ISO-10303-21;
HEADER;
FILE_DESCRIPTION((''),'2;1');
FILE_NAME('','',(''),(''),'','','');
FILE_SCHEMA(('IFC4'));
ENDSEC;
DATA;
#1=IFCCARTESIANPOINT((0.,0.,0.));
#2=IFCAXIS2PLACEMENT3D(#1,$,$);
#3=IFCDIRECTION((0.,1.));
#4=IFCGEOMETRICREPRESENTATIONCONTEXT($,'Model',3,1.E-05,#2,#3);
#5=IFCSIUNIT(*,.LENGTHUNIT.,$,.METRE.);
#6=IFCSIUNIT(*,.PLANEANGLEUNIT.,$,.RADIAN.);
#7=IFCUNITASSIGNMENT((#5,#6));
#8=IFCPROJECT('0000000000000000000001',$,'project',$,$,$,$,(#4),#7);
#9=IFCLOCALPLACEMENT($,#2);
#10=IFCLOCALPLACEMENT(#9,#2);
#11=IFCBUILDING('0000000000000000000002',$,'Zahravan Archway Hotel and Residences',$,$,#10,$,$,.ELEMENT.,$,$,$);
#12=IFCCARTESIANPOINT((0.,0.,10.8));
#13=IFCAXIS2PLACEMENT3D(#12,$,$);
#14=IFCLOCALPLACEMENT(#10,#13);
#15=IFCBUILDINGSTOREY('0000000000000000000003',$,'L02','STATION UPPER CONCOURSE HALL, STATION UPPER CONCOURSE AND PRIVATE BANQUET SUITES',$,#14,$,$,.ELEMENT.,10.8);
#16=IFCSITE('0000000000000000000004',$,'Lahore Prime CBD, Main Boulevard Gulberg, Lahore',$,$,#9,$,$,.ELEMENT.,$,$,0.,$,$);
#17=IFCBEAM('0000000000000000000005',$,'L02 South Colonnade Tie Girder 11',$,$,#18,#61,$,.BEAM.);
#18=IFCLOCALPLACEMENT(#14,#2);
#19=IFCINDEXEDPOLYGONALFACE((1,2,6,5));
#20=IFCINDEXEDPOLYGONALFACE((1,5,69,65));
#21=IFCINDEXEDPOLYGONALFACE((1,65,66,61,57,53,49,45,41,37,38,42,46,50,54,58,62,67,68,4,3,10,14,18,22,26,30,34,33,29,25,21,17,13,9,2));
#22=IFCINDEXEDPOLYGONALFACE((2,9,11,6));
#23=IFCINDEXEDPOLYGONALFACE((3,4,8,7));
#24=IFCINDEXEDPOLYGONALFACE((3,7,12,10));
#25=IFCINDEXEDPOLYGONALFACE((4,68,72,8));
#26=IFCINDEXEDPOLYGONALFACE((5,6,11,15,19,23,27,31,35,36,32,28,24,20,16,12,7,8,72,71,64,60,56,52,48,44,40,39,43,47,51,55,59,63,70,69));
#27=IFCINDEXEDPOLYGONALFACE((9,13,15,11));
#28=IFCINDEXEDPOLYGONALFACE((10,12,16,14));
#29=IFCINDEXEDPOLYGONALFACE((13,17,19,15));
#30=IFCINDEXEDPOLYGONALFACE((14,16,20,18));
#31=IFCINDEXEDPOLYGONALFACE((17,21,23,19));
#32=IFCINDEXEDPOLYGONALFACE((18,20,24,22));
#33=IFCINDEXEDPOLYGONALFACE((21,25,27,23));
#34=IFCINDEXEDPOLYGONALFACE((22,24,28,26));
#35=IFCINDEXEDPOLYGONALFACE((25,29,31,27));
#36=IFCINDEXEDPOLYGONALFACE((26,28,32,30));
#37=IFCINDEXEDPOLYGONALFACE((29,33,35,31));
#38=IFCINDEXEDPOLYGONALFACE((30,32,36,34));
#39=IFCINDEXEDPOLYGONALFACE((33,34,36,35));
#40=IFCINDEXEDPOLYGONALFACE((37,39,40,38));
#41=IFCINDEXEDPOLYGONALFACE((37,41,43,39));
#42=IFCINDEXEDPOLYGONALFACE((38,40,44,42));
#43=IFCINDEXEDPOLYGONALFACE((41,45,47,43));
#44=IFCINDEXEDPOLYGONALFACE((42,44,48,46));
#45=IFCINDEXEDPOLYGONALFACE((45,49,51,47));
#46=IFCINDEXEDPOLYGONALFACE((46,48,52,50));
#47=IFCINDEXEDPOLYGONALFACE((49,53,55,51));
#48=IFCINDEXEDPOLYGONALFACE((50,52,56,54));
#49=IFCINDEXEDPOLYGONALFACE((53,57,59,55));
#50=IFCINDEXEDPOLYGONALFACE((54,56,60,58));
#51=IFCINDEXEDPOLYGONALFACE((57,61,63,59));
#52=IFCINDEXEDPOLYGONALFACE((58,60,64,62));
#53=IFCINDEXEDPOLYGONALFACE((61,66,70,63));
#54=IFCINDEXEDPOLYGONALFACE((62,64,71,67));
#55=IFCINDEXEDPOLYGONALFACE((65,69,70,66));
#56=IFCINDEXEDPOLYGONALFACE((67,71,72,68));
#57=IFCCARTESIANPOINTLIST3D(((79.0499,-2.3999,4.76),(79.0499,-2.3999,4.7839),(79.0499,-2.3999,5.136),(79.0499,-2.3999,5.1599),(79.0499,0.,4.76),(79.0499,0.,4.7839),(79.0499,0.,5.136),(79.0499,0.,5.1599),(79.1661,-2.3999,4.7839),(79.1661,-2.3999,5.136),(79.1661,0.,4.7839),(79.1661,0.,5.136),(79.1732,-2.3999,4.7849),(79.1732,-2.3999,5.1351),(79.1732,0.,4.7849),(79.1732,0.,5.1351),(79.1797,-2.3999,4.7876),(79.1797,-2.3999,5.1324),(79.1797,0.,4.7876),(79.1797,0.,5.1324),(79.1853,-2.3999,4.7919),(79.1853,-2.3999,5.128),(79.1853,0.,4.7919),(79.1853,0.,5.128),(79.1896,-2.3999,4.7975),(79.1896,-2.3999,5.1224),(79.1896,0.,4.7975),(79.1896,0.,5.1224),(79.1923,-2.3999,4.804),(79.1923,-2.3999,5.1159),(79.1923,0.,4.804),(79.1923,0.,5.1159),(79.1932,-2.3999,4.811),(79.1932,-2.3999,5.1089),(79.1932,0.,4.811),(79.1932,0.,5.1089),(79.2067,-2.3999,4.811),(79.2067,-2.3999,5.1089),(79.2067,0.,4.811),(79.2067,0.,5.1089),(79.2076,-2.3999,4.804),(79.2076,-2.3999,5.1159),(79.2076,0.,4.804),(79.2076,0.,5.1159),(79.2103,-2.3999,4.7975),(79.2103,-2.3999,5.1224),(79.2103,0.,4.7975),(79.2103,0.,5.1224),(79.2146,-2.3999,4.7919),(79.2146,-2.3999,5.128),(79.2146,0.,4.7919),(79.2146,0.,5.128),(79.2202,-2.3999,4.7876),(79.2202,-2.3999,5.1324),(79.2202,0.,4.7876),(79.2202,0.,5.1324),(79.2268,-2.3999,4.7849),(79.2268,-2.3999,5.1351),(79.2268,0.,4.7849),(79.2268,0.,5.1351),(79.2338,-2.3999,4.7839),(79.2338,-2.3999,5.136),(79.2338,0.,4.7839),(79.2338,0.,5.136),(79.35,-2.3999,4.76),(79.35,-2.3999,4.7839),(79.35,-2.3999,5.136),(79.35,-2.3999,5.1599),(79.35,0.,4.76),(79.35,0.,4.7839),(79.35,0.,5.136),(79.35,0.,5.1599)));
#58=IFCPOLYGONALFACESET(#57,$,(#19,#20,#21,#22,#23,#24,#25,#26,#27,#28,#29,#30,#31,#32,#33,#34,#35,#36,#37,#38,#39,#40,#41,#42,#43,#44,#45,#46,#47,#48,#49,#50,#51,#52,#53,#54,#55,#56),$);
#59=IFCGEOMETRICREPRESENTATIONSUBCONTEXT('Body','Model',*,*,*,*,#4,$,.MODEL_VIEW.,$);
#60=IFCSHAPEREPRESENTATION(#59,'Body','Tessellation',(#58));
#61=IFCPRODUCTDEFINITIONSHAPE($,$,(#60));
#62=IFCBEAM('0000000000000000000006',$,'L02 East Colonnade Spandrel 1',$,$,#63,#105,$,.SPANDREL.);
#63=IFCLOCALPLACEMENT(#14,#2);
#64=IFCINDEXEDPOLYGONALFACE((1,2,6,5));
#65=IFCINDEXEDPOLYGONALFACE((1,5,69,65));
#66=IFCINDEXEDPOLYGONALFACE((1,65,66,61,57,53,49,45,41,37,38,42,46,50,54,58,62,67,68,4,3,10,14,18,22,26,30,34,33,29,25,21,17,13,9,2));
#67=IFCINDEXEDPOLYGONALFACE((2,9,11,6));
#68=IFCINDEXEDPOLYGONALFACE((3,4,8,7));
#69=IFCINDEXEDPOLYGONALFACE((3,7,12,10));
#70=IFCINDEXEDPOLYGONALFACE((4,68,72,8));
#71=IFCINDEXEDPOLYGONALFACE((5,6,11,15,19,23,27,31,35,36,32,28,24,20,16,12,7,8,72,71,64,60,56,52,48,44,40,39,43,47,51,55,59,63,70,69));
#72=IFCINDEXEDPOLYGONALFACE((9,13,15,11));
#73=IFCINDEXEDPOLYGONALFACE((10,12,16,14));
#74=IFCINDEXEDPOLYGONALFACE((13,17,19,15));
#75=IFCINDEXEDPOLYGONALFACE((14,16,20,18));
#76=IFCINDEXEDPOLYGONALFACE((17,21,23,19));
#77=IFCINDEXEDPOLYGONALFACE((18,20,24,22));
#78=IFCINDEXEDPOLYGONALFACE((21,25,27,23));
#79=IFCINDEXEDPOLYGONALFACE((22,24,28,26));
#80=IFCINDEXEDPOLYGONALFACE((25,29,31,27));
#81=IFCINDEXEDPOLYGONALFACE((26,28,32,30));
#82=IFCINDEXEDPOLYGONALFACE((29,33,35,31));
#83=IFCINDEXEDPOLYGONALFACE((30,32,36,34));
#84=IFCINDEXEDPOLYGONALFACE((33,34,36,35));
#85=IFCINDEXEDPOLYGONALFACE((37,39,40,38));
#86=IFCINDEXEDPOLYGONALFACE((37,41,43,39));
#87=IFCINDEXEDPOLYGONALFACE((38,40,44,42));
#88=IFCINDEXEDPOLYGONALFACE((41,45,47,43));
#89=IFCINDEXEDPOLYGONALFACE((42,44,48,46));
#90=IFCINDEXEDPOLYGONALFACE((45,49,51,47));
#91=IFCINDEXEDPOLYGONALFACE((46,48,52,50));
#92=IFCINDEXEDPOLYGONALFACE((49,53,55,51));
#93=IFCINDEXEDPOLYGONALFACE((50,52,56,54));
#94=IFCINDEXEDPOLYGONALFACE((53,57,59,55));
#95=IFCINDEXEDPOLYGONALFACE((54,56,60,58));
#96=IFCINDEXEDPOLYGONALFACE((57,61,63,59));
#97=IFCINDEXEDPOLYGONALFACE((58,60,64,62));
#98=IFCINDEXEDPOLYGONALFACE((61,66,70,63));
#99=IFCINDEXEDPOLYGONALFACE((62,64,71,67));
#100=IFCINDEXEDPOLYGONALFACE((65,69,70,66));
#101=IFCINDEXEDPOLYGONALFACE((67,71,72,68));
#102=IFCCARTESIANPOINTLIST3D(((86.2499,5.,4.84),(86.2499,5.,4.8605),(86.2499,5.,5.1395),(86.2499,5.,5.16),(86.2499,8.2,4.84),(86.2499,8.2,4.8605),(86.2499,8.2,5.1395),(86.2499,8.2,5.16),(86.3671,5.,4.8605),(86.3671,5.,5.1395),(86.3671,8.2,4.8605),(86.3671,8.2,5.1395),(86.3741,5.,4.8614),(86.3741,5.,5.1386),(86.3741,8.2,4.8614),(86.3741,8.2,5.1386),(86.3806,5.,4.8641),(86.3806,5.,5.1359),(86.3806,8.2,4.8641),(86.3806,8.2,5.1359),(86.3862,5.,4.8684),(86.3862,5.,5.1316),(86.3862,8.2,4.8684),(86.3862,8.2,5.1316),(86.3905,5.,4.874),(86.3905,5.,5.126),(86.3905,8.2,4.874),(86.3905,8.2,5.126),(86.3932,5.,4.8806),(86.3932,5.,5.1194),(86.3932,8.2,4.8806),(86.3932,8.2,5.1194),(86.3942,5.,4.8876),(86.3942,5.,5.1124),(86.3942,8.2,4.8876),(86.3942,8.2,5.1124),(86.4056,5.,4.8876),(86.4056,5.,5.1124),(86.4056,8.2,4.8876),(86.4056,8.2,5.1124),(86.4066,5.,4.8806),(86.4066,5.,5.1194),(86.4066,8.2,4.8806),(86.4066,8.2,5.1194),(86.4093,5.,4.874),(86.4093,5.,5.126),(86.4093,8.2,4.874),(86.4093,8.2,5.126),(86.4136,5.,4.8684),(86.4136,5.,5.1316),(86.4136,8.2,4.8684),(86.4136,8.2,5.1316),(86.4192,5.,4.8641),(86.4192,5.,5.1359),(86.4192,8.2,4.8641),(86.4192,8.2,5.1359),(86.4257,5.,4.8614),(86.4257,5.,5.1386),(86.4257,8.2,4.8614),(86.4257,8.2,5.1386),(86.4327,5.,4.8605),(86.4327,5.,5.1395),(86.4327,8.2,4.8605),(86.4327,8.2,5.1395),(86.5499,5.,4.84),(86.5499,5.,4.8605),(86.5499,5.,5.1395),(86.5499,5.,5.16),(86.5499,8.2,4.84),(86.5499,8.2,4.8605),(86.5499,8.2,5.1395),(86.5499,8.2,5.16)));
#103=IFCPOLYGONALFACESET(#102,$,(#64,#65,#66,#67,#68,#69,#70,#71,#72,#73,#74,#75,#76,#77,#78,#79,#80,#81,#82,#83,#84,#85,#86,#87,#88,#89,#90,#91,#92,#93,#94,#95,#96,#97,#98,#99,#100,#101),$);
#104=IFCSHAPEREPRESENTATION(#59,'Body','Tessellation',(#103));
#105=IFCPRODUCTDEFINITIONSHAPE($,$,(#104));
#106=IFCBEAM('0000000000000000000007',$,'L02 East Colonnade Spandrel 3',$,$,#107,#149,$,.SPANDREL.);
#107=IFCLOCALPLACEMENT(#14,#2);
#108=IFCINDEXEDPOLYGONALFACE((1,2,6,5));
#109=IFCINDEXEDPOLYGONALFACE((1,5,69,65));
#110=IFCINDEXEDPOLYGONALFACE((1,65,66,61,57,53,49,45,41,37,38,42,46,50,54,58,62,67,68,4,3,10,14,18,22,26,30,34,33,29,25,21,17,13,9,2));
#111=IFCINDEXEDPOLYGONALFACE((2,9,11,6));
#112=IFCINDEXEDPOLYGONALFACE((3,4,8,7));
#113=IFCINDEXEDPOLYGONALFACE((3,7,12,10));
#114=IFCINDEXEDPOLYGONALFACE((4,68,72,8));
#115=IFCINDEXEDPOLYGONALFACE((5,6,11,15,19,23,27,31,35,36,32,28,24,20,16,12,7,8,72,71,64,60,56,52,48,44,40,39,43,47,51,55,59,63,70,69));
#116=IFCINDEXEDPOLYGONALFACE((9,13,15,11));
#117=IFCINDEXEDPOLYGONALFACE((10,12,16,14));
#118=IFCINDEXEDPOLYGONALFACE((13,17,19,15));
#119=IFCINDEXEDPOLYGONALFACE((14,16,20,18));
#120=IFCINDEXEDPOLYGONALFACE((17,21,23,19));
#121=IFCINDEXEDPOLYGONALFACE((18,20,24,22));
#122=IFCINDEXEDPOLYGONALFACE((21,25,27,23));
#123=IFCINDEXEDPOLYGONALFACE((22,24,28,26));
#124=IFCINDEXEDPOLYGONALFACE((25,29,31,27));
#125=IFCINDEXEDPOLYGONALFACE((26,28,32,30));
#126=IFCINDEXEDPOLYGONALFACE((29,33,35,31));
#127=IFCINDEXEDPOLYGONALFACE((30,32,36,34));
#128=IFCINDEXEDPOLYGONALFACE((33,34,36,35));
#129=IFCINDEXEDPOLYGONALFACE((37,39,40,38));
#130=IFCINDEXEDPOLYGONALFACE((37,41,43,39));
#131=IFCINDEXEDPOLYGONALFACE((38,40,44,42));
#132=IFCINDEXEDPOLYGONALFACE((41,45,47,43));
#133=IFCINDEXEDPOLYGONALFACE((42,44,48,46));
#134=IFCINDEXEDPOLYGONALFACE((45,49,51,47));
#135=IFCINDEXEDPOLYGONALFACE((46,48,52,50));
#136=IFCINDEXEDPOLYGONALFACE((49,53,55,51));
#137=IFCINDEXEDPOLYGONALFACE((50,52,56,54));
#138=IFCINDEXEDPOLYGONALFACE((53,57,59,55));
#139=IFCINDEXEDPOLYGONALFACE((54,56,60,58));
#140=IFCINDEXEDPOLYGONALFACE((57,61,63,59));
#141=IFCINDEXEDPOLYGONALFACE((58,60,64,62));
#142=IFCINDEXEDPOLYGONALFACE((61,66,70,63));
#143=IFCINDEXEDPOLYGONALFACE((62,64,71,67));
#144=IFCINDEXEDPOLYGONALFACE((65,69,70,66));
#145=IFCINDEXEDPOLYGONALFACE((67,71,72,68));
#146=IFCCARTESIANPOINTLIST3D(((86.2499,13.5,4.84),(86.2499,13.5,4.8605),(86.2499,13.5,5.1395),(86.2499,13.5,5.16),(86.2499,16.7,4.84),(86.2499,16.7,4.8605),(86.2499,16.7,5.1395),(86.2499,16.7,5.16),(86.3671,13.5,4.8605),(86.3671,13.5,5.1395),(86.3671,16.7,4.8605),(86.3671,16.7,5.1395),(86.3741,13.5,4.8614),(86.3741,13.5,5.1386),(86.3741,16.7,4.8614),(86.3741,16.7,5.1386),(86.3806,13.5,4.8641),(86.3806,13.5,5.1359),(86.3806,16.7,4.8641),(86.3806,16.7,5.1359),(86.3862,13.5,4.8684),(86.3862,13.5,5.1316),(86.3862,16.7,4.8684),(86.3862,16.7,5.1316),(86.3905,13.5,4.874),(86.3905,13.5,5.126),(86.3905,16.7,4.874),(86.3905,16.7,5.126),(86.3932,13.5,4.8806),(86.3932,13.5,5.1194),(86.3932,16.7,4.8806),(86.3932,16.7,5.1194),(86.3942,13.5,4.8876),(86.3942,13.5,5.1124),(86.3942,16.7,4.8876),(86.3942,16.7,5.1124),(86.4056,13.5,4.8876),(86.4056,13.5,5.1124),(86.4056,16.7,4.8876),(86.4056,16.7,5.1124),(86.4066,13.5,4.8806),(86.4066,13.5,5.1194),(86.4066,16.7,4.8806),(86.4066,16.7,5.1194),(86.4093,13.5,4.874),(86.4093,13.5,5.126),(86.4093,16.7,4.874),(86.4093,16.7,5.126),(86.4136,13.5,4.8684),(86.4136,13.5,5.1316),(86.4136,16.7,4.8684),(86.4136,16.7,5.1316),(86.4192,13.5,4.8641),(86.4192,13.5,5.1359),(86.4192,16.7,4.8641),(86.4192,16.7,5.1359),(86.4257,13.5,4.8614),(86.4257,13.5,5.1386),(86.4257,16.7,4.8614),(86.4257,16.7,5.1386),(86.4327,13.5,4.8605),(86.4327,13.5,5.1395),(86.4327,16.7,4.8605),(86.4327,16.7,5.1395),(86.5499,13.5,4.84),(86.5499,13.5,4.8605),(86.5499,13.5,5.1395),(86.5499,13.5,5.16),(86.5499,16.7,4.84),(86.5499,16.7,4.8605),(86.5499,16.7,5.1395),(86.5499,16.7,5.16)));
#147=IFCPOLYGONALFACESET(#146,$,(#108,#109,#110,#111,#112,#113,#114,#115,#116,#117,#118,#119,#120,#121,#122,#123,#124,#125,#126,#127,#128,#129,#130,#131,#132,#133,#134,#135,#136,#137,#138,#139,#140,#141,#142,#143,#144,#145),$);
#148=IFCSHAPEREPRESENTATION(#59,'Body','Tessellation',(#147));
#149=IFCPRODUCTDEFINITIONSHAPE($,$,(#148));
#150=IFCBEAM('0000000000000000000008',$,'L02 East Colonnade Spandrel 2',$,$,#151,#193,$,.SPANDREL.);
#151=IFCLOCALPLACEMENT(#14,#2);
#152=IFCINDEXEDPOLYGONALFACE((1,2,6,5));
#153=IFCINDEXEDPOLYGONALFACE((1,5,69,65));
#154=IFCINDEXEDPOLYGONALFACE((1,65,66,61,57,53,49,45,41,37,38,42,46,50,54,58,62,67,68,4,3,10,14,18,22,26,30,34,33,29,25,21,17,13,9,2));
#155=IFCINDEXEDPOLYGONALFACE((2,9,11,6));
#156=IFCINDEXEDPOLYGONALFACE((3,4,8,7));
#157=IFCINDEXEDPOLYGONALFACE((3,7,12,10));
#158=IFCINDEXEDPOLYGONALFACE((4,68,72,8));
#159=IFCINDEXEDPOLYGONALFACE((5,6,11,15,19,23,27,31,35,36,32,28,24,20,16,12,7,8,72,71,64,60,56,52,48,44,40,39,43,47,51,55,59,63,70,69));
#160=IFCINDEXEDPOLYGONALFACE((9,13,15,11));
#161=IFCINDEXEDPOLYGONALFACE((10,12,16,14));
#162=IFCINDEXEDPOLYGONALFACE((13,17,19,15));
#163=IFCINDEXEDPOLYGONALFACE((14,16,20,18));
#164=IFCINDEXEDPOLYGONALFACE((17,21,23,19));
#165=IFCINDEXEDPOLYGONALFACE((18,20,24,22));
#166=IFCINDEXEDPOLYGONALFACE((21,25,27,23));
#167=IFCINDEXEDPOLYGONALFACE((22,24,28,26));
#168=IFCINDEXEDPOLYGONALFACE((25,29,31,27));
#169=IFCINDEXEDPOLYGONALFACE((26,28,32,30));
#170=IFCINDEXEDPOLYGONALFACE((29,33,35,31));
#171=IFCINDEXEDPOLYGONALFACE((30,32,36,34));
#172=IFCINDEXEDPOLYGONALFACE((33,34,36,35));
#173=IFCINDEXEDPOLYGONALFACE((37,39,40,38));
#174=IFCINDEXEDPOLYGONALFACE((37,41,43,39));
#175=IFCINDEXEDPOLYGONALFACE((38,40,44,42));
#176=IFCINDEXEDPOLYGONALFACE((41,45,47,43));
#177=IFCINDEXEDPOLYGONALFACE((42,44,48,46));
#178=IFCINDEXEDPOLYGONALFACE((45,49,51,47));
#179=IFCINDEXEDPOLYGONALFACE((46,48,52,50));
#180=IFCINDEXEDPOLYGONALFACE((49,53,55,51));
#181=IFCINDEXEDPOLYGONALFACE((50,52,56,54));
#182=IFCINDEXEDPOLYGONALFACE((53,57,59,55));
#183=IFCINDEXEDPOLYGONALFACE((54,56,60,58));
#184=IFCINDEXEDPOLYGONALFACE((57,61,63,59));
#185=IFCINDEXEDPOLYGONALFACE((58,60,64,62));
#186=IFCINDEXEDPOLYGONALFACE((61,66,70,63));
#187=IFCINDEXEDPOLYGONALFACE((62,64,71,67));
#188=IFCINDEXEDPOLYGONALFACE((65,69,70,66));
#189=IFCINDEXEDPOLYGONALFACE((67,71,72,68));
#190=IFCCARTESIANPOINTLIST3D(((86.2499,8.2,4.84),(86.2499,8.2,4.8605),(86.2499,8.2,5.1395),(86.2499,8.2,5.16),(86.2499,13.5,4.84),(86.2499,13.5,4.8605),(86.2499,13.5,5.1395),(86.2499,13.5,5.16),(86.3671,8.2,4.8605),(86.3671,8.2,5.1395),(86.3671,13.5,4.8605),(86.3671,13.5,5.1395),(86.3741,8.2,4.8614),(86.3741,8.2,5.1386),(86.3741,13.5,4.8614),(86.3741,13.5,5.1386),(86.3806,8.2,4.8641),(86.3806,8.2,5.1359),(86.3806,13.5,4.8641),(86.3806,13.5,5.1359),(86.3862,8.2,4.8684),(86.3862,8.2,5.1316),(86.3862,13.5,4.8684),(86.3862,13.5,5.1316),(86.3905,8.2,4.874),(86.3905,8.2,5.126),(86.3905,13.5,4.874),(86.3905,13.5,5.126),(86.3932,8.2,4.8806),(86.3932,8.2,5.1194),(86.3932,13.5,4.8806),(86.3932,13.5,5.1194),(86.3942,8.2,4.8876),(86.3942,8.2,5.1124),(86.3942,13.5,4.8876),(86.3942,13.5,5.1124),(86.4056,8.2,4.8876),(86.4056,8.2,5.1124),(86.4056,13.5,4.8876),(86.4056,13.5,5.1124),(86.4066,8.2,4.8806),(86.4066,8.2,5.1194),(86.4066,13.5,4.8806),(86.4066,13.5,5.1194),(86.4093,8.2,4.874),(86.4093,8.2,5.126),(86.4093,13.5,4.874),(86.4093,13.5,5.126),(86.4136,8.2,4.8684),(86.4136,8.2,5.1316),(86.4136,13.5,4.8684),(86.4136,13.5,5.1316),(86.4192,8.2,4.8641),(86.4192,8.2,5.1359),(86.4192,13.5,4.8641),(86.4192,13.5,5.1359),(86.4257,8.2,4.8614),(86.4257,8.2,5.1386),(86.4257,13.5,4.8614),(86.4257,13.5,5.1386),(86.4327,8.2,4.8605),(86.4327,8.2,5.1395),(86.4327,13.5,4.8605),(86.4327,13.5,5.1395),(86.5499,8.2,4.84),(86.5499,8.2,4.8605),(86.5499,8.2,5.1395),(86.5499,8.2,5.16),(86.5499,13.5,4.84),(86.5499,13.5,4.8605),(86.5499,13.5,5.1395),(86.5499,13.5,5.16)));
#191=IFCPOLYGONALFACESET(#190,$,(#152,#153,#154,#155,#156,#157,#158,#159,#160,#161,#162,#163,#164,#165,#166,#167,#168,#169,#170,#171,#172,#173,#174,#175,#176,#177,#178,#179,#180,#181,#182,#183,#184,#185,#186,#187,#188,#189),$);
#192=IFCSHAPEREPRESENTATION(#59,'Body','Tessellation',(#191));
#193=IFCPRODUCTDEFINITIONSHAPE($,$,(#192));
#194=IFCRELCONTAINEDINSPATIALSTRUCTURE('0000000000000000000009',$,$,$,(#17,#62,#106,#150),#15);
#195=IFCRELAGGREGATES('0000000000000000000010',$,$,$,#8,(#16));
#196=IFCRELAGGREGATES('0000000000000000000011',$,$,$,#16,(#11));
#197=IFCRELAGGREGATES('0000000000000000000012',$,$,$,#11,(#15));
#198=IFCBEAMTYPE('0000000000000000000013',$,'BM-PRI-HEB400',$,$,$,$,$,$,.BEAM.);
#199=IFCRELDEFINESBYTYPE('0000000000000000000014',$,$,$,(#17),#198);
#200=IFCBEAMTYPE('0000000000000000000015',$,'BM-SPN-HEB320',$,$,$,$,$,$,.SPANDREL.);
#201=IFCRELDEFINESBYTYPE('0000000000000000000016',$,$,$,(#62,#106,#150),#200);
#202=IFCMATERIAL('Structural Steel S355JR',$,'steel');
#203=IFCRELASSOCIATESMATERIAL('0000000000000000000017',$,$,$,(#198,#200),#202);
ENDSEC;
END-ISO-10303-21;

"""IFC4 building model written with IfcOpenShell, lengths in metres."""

from ifc_helpers import new_model, si_unit, direction, frame, origin, origin_2d, place, context, subcontext, project, spatial, i_section, extrude, source, transform, mapped, material, material_profile, profile_set, type_object, element, save


model = new_model("IFC4")

# Units and contexts
model_context = context("Model", 3, precision=1e-05, world=origin(), true_north=direction((0.0, 1.0)))
body_context = subcontext(model_context, "Body", "Model", "MODEL_VIEW")
ifc_project = project(units=[si_unit("LENGTHUNIT", "METRE"), si_unit("PLANEANGLEUNIT", "RADIAN")], contexts=[model_context])

# Site, building, storey
site_placement = place(None, origin())
site = spatial("IfcSite", under=ifc_project, at=site_placement, Name="Lahore Prime CBD, Main Boulevard Gulberg, Lahore", CompositionType="ELEMENT", RefElevation=0.0)
building_placement = place(site_placement, origin())
building = spatial("IfcBuilding", under=site, at=building_placement, Name="Zahravan Archway Hotel and Residences", CompositionType="ELEMENT")
storey_placement = place(building_placement, frame((0.0, 0.0, 10.8)))
storey = spatial("IfcBuildingStorey", under=building, at=storey_placement, Name="L02", Description="STATION UPPER CONCOURSE HALL, STATION UPPER CONCOURSE AND PRIVATE BANQUET SUITES", CompositionType="ELEMENT", Elevation=10.8)

# Beams
ifc_material_1 = material(Name="Structural Steel S355JR", Category="steel")
ifc_material_profile_1 = material_profile(ifc_material_1, i_section(OverallWidth=0.3, OverallDepth=0.3999, WebThickness=0.0134, FlangeThickness=0.0239, FilletRadius=0.0271, at=origin_2d()), Name="HEB 400", Category="steel")
ifc_profile_set_1 = profile_set([ifc_material_profile_1], Name="Structural Steel S355JR")
beam_type_1 = type_object("IfcBeamType", Name="BM-PRI-HEB400", PredefinedType="BEAM", material=ifc_profile_set_1)
shared_shape_1 = source(origin(), body_context, "Body", "SweptSolid", [
    extrude(i_section(OverallWidth=0.3, OverallDepth=0.3999, WebThickness=0.0134, FlangeThickness=0.0239, FilletRadius=0.0271, at=origin_2d()), origin(), (0.0, 0.0, 1.0), 2.3999),
])
beam_1_placement = place(storey_placement, frame((79.2, -2.3999, 4.96), z_axis=(0.0, 1.0, 0.0), x_axis=(-1.0, 0.0, 0.0)))
element("IfcBeam", 1, at=beam_1_placement, inside=storey, type_object=beam_type_1, Name="L02 South Colonnade Tie Girder 11", PredefinedType="BEAM", context=body_context, shape_type="MappedRepresentation", body=[
    mapped(shared_shape_1, transform((0.0, 0.0, 0.0), scale=1.0)),
])
ifc_material_profile_2 = material_profile(ifc_material_1, i_section(OverallWidth=0.3, OverallDepth=0.3201, WebThickness=0.0115, FlangeThickness=0.0205, FilletRadius=0.0271, at=origin_2d()), Name="HEB 320", Category="steel")
ifc_profile_set_2 = profile_set([ifc_material_profile_2], Name="Structural Steel S355JR")
beam_type_2 = type_object("IfcBeamType", Name="BM-SPN-HEB320", PredefinedType="SPANDREL", material=ifc_profile_set_2)
shared_shape_2 = source(origin(), body_context, "Body", "SweptSolid", [
    extrude(i_section(OverallWidth=0.3, OverallDepth=0.3201, WebThickness=0.0115, FlangeThickness=0.0205, FilletRadius=0.0271, at=origin_2d()), origin(), (0.0, 0.0, 1.0), 3.2),
])
for number, where, z_axis, x_axis, name in (
    (2, (86.3999, 5.0, 5.0), (0.0, 1.0, 0.0), (-1.0, 0.0, 0.0), "L02 East Colonnade Spandrel 1"),
    (3, (86.3999, 13.5, 5.0), (0.0, 1.0, 0.0), (-1.0, 0.0, 0.0), "L02 East Colonnade Spandrel 3"),
):
    element("IfcBeam", number, at=place(storey_placement, frame(where, z_axis=z_axis, x_axis=x_axis)), inside=storey, type_object=beam_type_2, Name=name, PredefinedType="SPANDREL", context=body_context, shape_type="MappedRepresentation", body=[
        mapped(shared_shape_2, transform((0.0, 0.0, 0.0), scale=1.0)),
    ])
shared_shape_3 = source(origin(), body_context, "Body", "SweptSolid", [
    extrude(i_section(OverallWidth=0.3, OverallDepth=0.3201, WebThickness=0.0115, FlangeThickness=0.0205, FilletRadius=0.0271, at=origin_2d()), origin(), (0.0, 0.0, 1.0), 5.3),
])
for number, where, z_axis, x_axis, name in (
    (4, (86.3999, 8.2, 5.0), (0.0, 1.0, 0.0), (-1.0, 0.0, 0.0), "L02 East Colonnade Spandrel 2"),
):
    element("IfcBeam", number, at=place(storey_placement, frame(where, z_axis=z_axis, x_axis=x_axis)), inside=storey, type_object=beam_type_2, Name=name, PredefinedType="SPANDREL", context=body_context, shape_type="MappedRepresentation", body=[
        mapped(shared_shape_3, transform((0.0, 0.0, 0.0), scale=1.0)),
    ])

save(model, "model.ifc")
